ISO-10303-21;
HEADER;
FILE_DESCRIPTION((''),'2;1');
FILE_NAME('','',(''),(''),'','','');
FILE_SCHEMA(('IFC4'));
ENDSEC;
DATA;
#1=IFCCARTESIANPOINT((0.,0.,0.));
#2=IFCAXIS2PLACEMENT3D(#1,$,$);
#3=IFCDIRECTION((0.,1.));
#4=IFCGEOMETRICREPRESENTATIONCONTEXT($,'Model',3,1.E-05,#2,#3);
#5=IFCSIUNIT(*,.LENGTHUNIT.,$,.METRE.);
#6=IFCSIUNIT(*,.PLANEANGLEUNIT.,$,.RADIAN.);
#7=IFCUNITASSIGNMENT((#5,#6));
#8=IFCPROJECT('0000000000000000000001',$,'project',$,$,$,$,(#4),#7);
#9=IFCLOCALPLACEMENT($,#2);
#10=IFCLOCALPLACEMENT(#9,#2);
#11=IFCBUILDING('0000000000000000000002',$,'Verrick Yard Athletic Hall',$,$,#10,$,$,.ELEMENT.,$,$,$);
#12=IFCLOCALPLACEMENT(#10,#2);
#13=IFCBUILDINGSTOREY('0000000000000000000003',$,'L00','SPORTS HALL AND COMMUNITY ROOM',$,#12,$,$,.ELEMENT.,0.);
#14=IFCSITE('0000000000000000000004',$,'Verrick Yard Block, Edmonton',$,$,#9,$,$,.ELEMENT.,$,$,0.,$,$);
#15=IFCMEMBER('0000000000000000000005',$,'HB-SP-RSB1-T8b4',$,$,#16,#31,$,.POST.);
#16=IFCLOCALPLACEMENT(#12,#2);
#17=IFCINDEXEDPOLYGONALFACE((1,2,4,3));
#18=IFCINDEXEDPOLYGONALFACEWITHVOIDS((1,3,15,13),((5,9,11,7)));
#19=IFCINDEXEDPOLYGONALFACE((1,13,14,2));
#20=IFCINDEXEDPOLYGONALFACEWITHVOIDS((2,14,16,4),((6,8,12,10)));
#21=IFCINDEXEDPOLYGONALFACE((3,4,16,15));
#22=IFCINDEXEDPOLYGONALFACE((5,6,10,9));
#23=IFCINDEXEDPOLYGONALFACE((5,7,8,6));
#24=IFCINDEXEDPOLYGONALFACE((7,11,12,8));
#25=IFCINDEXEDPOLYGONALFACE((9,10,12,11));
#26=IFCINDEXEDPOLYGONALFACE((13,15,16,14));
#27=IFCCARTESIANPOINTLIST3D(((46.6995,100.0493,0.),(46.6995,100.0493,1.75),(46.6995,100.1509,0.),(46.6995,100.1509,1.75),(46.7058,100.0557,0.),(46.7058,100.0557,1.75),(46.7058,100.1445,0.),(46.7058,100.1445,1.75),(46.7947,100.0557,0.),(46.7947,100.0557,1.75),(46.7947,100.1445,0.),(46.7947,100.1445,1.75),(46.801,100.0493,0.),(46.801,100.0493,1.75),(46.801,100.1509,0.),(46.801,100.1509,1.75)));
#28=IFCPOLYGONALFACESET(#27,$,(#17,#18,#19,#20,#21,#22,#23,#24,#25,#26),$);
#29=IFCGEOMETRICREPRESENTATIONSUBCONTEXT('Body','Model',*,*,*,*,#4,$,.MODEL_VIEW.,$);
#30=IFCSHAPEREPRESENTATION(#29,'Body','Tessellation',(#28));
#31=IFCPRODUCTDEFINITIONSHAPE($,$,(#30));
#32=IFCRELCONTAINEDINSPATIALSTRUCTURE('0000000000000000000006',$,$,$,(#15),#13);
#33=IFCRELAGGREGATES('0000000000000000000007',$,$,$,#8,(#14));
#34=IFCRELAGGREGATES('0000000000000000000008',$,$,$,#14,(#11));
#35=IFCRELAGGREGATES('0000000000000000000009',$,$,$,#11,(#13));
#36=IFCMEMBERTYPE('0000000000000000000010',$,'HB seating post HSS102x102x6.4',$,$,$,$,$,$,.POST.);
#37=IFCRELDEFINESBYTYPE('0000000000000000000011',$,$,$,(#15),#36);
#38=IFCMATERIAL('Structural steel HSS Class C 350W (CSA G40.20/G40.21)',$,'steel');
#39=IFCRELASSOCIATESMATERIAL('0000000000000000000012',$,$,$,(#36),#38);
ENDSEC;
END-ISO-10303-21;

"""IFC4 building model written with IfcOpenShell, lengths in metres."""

from ifc_helpers import new_model, si_unit, direction, frame, origin, origin_2d, place, context, subcontext, project, spatial, hollow_rectangle, extrude, material, material_profile, profile_set, type_object, element, save


model = new_model("IFC4")

# Units and contexts
model_context = context("Model", 3, precision=1e-05, world=origin(), true_north=direction((0.0, 1.0)))
body_context = subcontext(model_context, "Body", "Model", "MODEL_VIEW")
ifc_project = project(units=[si_unit("LENGTHUNIT", "METRE"), si_unit("PLANEANGLEUNIT", "RADIAN")], contexts=[model_context])

# Site, building, storey
site_placement = place(None, origin())
site = spatial("IfcSite", under=ifc_project, at=site_placement, Name="Verrick Yard Block, Edmonton", CompositionType="ELEMENT", RefElevation=0.0)
building_placement = place(site_placement, origin())
building = spatial("IfcBuilding", under=site, at=building_placement, Name="Verrick Yard Athletic Hall", CompositionType="ELEMENT")
storey_placement = place(building_placement, origin())
storey = spatial("IfcBuildingStorey", under=building, at=storey_placement, Name="L00", Description="SPORTS HALL AND COMMUNITY ROOM", CompositionType="ELEMENT", Elevation=0.0)

# Member
ifc_material_1 = material(Name="Structural steel HSS Class C 350W (CSA G40.20/G40.21)", Category="steel")
ifc_material_profile_1 = material_profile(ifc_material_1, hollow_rectangle(XDim=0.1016, YDim=0.1016, WallThickness=0.0063, at=origin_2d()), Name="HSS102x102x6.4")
ifc_profile_set_1 = profile_set([ifc_material_profile_1], Name="Structural steel HSS Class C 350W (CSA G40.20/G40.21)")
member_type = type_object("IfcMemberType", Name="HB seating post HSS102x102x6.4", PredefinedType="POST", material=ifc_profile_set_1)
for number, where, z_axis, x_axis, name in (
    (1, (46.7502, 100.1001, 0.0), (0.0, 0.0, 1.0), (0.0, 1.0, 0.0), "HB-SP-RSB1-T8b4"),
):
    element("IfcMember", number, at=place(storey_placement, frame(where, z_axis=z_axis, x_axis=x_axis)), inside=storey, type_object=member_type, Name=name, PredefinedType="POST", context=body_context, shape_type="SweptSolid", body=[
        extrude(hollow_rectangle(XDim=0.1016, YDim=0.1016, WallThickness=0.0063, at=origin_2d()), origin(), (0.0, 0.0, 1.0), 1.75),
    ])

save(model, "model.ifc")
